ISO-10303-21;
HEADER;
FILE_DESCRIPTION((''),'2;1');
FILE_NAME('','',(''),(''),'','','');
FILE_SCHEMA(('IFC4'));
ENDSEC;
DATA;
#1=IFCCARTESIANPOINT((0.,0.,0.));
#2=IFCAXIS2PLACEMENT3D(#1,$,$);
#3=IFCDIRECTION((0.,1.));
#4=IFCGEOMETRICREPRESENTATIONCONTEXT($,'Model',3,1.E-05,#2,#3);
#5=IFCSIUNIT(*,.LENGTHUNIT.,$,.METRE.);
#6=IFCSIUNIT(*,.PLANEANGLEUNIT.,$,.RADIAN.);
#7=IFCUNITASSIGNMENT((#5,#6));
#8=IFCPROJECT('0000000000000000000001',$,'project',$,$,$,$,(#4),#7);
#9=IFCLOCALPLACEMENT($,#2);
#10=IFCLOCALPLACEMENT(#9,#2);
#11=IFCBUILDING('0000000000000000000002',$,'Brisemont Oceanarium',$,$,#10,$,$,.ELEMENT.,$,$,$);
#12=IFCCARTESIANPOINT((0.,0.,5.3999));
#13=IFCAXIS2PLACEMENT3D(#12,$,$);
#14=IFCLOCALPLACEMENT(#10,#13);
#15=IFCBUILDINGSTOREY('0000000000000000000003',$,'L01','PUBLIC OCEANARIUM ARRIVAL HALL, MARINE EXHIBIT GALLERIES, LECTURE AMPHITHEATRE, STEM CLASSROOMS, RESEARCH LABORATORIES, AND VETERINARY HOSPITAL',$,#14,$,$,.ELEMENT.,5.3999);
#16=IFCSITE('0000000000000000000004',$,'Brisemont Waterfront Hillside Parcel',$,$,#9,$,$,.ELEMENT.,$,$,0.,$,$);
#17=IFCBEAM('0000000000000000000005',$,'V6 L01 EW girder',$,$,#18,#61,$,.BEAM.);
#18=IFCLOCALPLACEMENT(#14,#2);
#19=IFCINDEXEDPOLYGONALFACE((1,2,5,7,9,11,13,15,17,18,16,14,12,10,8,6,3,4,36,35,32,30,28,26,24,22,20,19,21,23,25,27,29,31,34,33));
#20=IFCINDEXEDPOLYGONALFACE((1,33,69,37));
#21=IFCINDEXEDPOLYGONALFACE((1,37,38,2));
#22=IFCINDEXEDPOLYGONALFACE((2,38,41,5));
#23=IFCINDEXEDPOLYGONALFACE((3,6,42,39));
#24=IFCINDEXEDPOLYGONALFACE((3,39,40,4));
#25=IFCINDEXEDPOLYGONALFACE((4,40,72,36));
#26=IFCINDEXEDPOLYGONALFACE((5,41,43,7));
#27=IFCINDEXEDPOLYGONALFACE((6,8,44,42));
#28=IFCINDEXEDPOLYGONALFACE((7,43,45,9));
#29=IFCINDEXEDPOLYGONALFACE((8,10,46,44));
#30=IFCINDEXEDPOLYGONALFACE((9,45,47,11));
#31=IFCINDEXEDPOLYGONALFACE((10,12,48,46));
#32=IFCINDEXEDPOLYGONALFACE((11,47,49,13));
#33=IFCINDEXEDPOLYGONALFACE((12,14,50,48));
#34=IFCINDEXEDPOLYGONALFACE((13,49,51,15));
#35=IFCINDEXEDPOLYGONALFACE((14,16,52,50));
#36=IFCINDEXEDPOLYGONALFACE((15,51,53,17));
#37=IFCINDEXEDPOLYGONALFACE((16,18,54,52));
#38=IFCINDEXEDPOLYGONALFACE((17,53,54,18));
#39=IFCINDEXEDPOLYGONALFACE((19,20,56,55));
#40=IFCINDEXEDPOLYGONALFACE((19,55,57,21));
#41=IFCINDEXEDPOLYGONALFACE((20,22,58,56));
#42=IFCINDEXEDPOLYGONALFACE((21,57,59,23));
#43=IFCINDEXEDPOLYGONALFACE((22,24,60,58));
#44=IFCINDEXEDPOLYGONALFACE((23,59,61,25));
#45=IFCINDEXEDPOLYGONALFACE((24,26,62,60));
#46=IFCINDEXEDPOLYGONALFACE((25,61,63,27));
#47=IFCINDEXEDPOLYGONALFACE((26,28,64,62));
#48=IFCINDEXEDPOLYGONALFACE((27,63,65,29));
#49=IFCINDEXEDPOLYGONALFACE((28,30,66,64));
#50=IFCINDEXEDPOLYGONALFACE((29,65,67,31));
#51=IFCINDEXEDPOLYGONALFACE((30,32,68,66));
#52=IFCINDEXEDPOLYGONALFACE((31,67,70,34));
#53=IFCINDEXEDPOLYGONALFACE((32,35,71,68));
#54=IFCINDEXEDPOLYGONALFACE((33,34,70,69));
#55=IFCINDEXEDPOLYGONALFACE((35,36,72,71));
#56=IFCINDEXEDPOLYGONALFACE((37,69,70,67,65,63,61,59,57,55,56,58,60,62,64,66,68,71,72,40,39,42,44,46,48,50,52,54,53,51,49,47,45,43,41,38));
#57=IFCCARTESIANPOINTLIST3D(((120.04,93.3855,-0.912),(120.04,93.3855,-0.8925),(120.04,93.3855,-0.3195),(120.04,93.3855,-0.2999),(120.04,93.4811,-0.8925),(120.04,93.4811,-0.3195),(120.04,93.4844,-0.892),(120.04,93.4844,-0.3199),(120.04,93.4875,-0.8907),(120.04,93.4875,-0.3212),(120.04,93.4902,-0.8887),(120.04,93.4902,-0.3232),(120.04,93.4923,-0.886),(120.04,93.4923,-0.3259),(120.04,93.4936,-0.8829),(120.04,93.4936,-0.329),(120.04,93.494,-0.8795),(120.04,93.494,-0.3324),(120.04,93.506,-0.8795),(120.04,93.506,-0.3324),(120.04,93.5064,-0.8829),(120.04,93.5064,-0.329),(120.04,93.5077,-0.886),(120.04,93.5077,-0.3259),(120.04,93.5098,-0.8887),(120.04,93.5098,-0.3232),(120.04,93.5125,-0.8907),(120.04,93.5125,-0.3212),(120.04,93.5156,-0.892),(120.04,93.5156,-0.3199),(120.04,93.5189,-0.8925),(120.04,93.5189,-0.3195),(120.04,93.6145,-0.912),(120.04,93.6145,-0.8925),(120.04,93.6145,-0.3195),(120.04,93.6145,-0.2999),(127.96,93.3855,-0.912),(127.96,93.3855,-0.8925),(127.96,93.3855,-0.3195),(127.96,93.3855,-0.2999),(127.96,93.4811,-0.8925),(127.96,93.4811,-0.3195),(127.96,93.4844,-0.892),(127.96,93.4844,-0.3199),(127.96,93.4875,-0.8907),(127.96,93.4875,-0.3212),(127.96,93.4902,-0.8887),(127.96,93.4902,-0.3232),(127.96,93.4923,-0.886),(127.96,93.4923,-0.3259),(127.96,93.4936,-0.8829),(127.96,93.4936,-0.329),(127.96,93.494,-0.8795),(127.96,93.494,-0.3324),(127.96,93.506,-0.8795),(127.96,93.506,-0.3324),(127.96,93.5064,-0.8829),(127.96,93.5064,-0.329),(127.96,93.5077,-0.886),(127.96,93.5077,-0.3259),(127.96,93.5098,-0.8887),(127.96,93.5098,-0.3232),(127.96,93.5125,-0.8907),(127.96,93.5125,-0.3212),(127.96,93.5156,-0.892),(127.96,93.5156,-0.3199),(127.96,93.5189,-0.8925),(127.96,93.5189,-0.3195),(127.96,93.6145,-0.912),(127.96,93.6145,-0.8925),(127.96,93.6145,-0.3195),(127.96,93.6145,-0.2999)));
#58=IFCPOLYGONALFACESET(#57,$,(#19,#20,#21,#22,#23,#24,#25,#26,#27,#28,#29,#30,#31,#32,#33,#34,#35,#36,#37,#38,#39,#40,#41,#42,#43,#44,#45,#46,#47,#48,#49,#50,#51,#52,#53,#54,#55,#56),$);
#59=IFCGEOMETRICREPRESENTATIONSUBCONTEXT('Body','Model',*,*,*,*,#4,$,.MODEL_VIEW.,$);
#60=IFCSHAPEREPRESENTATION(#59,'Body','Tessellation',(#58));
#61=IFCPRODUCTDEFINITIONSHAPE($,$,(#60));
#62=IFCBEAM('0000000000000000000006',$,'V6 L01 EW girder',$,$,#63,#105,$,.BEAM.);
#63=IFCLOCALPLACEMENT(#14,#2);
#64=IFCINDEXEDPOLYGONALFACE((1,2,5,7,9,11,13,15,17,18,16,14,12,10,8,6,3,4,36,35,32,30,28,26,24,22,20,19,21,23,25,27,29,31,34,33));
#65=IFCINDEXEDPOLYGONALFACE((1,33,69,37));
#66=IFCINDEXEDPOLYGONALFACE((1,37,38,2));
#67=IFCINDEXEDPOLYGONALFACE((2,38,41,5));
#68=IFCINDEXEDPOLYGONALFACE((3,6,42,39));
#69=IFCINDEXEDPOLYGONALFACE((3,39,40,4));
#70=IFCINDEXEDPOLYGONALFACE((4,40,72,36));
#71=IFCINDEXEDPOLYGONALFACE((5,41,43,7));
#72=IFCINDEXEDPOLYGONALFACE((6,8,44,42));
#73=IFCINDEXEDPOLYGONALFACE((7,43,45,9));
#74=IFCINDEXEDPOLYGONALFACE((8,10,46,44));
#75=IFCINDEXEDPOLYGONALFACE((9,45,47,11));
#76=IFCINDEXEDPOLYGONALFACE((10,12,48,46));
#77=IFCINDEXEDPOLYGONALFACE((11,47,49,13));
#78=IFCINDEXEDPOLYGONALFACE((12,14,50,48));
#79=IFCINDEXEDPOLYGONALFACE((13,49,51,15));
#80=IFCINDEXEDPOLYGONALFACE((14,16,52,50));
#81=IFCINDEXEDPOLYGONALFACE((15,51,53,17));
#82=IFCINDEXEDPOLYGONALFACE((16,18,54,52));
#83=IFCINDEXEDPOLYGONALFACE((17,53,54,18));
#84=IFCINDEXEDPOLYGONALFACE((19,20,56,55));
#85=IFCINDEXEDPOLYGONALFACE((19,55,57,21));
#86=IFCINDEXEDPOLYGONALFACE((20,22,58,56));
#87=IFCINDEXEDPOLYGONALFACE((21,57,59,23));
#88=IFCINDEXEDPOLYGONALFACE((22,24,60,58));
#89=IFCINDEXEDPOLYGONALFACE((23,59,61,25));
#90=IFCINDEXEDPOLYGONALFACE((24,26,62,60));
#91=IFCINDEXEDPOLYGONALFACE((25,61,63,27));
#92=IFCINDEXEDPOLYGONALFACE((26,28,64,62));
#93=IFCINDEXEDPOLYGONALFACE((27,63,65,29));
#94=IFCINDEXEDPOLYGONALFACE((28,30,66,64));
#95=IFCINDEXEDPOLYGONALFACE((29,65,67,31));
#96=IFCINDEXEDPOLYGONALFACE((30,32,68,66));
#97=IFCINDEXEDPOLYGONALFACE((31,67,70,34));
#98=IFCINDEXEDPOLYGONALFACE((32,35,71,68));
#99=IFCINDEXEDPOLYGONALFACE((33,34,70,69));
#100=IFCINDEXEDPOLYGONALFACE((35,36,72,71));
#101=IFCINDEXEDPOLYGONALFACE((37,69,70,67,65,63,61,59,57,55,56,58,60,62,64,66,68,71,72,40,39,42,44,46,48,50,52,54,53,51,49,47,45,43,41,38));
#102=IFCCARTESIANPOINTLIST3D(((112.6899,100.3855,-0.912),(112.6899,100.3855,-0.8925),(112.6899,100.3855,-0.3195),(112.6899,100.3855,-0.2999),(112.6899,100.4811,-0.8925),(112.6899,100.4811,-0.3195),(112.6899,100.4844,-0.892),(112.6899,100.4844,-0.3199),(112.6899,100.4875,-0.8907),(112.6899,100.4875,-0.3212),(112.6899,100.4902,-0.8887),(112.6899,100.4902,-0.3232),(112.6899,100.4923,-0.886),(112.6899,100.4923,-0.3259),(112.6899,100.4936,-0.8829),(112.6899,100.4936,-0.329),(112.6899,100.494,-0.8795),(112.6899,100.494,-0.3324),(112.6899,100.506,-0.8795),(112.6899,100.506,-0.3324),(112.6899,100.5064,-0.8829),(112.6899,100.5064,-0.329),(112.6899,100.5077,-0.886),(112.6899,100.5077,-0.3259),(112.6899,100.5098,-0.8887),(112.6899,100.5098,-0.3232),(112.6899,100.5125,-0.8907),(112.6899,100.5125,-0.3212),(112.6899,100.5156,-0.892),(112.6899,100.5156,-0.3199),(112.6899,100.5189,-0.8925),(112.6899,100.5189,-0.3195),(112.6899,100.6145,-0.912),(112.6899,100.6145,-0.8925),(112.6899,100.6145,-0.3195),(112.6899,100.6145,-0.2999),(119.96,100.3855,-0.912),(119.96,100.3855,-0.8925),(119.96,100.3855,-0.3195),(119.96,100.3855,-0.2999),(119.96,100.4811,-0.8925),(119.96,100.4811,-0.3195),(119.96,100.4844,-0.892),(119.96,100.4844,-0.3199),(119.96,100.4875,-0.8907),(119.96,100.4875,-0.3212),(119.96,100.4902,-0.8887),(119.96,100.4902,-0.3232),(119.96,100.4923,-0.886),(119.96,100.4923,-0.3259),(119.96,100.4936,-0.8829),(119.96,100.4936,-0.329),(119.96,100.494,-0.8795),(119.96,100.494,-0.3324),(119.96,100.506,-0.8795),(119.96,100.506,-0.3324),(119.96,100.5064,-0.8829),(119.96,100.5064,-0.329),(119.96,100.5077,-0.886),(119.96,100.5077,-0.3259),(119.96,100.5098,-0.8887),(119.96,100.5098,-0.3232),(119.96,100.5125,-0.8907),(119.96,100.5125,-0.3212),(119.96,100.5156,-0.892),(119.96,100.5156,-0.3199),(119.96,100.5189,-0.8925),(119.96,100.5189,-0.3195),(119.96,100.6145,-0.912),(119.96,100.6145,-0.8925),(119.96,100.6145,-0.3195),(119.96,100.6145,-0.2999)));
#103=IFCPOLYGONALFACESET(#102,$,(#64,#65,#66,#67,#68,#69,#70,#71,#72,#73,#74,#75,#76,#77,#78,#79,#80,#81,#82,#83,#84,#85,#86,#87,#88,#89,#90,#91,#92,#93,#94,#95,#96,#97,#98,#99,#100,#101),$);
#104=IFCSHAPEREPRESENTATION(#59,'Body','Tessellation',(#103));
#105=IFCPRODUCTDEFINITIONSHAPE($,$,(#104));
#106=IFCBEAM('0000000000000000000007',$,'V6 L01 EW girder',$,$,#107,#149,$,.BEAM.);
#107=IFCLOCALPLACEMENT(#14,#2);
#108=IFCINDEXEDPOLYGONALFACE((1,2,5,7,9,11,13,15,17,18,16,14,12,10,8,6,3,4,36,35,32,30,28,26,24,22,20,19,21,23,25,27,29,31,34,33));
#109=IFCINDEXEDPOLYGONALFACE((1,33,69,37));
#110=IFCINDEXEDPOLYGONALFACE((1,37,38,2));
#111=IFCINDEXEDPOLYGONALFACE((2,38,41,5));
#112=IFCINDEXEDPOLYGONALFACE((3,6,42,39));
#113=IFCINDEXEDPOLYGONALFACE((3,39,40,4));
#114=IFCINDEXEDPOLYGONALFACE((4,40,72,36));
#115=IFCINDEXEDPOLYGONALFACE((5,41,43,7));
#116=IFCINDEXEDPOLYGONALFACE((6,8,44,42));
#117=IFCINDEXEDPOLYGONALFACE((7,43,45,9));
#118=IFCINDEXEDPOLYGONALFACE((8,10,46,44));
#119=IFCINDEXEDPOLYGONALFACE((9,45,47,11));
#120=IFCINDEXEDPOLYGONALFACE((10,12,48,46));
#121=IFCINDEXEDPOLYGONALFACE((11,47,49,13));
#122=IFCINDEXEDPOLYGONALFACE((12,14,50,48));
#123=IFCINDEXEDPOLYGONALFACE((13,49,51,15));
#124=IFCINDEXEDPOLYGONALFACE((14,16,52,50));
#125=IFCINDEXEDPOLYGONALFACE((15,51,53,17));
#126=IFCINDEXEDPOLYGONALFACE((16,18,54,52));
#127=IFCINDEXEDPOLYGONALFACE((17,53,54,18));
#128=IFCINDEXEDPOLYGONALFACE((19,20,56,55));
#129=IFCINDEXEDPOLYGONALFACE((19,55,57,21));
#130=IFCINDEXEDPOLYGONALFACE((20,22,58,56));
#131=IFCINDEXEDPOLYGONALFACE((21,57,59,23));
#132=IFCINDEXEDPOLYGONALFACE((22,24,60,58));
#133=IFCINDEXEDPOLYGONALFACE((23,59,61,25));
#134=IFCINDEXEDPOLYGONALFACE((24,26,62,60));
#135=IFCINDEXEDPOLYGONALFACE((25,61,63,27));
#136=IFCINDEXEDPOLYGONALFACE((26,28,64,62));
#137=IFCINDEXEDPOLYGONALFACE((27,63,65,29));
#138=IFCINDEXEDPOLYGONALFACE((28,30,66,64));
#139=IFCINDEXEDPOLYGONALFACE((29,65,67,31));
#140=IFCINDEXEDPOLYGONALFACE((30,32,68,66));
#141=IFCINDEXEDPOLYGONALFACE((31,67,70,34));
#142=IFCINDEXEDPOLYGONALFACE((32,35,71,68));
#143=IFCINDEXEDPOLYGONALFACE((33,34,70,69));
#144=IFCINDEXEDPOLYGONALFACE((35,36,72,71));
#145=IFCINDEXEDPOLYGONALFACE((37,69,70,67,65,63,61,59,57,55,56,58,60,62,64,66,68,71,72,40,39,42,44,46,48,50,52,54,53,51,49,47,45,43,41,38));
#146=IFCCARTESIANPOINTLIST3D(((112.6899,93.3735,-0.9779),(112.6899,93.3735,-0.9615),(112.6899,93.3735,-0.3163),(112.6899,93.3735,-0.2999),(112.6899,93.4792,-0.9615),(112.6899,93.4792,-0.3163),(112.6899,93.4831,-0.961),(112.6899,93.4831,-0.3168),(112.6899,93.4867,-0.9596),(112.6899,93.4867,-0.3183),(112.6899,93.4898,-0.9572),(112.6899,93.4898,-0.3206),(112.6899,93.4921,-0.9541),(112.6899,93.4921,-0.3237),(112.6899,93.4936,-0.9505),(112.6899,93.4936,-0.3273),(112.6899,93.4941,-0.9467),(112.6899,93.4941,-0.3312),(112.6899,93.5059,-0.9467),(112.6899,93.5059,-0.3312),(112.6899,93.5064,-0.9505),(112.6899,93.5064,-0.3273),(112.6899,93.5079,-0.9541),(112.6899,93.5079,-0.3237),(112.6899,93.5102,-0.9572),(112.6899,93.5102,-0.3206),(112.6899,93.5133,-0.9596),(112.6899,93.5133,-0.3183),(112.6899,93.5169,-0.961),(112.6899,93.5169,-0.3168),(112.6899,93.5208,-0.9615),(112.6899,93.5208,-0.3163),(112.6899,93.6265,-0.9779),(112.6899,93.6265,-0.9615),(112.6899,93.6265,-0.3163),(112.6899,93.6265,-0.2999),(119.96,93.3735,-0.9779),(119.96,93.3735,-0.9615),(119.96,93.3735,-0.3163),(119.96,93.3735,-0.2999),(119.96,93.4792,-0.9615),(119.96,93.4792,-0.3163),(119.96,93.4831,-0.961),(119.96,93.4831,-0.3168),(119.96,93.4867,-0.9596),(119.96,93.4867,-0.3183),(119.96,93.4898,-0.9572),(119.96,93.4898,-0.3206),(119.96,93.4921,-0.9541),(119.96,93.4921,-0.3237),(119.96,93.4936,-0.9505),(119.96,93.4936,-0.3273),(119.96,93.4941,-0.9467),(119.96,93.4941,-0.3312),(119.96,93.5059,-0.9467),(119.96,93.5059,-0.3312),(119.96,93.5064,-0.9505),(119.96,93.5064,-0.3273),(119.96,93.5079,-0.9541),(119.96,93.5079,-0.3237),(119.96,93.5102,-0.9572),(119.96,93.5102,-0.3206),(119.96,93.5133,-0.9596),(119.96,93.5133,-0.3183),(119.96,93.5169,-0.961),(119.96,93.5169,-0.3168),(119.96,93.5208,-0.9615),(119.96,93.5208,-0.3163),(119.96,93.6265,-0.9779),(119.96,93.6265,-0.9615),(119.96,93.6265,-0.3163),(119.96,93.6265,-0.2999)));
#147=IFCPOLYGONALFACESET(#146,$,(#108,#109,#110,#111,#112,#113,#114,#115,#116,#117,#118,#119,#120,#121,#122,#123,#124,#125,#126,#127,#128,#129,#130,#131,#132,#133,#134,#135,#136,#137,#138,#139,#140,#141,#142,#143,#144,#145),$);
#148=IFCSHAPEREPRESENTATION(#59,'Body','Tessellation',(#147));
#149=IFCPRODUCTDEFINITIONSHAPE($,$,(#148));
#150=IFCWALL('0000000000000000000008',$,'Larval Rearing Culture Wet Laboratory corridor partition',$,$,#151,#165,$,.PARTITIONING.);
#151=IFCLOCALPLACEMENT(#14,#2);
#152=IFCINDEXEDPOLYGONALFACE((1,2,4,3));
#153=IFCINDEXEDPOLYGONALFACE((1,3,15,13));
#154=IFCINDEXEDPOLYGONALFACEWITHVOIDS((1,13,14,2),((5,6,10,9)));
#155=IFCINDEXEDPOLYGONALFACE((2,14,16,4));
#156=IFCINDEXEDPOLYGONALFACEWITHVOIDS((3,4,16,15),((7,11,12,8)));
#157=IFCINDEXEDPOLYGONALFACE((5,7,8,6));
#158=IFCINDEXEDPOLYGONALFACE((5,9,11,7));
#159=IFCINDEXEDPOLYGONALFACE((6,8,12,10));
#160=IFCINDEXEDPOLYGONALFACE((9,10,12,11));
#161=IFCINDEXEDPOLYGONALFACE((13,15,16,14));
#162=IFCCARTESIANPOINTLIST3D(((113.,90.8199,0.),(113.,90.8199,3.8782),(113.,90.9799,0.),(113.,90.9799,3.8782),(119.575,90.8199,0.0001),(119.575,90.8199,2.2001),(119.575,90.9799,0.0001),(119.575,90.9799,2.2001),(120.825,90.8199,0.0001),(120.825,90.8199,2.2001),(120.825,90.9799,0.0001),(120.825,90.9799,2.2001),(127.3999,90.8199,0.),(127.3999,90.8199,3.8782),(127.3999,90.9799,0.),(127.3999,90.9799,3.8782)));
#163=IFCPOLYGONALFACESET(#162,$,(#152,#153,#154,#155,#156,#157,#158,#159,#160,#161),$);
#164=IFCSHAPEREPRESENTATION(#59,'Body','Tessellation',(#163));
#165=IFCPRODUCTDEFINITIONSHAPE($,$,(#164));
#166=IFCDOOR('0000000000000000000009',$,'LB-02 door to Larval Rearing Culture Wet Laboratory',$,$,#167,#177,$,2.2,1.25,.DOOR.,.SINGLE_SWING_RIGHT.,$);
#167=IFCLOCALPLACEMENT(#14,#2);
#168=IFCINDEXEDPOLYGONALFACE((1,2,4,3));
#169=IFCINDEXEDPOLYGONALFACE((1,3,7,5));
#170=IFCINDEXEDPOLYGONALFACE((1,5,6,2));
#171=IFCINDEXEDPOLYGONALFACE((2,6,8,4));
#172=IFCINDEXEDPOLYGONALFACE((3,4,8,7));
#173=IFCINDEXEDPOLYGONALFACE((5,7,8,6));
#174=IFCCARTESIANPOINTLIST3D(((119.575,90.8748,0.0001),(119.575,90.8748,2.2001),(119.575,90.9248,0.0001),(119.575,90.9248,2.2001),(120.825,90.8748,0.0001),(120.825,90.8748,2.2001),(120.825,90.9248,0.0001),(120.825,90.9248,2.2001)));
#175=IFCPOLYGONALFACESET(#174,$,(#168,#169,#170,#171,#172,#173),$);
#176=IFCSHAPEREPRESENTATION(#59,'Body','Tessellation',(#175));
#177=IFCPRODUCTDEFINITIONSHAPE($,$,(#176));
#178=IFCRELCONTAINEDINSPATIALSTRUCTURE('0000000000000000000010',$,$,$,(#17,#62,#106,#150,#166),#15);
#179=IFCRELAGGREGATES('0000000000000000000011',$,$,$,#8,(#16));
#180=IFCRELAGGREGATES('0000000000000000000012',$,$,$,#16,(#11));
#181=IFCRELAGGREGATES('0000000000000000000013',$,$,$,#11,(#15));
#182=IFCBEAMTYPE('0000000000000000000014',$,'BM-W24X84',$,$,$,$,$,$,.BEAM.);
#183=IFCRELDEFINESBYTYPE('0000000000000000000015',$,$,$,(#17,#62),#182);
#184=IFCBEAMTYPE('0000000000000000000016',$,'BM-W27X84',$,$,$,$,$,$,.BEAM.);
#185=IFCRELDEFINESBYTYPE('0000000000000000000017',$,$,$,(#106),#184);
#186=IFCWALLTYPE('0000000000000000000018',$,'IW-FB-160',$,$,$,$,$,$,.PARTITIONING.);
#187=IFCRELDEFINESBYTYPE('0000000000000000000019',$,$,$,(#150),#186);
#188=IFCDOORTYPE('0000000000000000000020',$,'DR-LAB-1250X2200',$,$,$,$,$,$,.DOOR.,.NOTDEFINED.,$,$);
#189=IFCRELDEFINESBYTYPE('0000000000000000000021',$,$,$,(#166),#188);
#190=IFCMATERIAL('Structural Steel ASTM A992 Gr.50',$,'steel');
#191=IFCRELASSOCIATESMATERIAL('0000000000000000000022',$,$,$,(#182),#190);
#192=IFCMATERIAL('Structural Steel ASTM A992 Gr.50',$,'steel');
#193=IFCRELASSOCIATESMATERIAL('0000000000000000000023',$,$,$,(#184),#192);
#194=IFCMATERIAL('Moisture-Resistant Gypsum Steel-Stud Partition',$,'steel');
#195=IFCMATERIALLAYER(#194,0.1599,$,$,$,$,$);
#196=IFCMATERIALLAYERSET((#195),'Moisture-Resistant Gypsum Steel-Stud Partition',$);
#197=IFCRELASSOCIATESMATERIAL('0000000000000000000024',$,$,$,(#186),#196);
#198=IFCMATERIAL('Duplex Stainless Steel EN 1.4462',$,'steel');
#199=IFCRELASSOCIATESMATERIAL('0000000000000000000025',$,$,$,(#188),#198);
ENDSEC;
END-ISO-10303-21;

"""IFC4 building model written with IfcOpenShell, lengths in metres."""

from ifc_helpers import new_model, si_unit, direction, frame, frame_2d, origin, origin_2d, place, context, subcontext, project, spatial, rectangle, i_section, extrude, material, layer, layer_set, material_profile, profile_set, type_object, element, fill, save


model = new_model("IFC4")

# Units and contexts
model_context = context("Model", 3, precision=1e-05, world=origin(), true_north=direction((0.0, 1.0)))
body_context = subcontext(model_context, "Body", "Model", "MODEL_VIEW")
ifc_project = project(units=[si_unit("LENGTHUNIT", "METRE"), si_unit("PLANEANGLEUNIT", "RADIAN")], contexts=[model_context])

# Site, building, storey
site_placement = place(None, origin())
site = spatial("IfcSite", under=ifc_project, at=site_placement, Name="Brisemont Waterfront Hillside Parcel", CompositionType="ELEMENT", RefElevation=0.0)
building_placement = place(site_placement, origin())
building = spatial("IfcBuilding", under=site, at=building_placement, Name="Brisemont Oceanarium", CompositionType="ELEMENT")
storey_placement = place(building_placement, frame((0.0, 0.0, 5.3999)))
storey = spatial("IfcBuildingStorey", under=building, at=storey_placement, Name="L01", Description="PUBLIC OCEANARIUM ARRIVAL HALL, MARINE EXHIBIT GALLERIES, LECTURE AMPHITHEATRE, STEM CLASSROOMS, RESEARCH LABORATORIES, AND VETERINARY HOSPITAL", CompositionType="ELEMENT", Elevation=5.3999)

# Beams
ifc_material_1 = material(Name="Structural Steel ASTM A992 Gr.50", Category="steel")
ifc_material_profile_1 = material_profile(ifc_material_1, i_section(OverallWidth=0.229, OverallDepth=0.6121, WebThickness=0.012, FlangeThickness=0.0195, FilletRadius=0.0129, at=origin_2d()), Name="W24X84")
ifc_profile_set_1 = profile_set([ifc_material_profile_1], Name="Structural Steel ASTM A992 Gr.50")
beam_type_1 = type_object("IfcBeamType", Name="BM-W24X84", PredefinedType="BEAM", material=ifc_profile_set_1)
beam_1_placement = place(storey_placement, frame((120.04, 93.5, -0.606), z_axis=(1.0, 0.0, 0.0), x_axis=(0.0, 1.0, 0.0)))
element("IfcBeam", 1, at=beam_1_placement, inside=storey, type_object=beam_type_1, Name="V6 L01 EW girder", PredefinedType="BEAM", context=body_context, shape_type="SweptSolid", body=[
    extrude(i_section(OverallWidth=0.229, OverallDepth=0.6121, WebThickness=0.012, FlangeThickness=0.0195, FilletRadius=0.0129, at=origin_2d()), origin(), (0.0, 0.0, 1.0), 7.9199),
])
beam_2_placement = place(storey_placement, frame((112.6899, 100.5, -0.606), z_axis=(1.0, 0.0, 0.0), x_axis=(0.0, 1.0, 0.0)))
element("IfcBeam", 2, at=beam_2_placement, inside=storey, type_object=beam_type_1, Name="V6 L01 EW girder", PredefinedType="BEAM", context=body_context, shape_type="SweptSolid", body=[
    extrude(i_section(OverallWidth=0.229, OverallDepth=0.6121, WebThickness=0.012, FlangeThickness=0.0195, FilletRadius=0.0129, at=origin_2d()), origin(), (0.0, 0.0, 1.0), 7.27),
])
ifc_material_2 = material(Name="Structural Steel ASTM A992 Gr.50", Category="steel")
ifc_material_profile_2 = material_profile(ifc_material_2, i_section(OverallWidth=0.2529, OverallDepth=0.678, WebThickness=0.0117, FlangeThickness=0.0164, FilletRadius=0.0149, at=origin_2d()), Name="W27X84")
ifc_profile_set_2 = profile_set([ifc_material_profile_2], Name="Structural Steel ASTM A992 Gr.50")
beam_type_2 = type_object("IfcBeamType", Name="BM-W27X84", PredefinedType="BEAM", material=ifc_profile_set_2)
beam_3_placement = place(storey_placement, frame((112.6899, 93.5, -0.6389), z_axis=(1.0, 0.0, 0.0), x_axis=(0.0, 1.0, 0.0)))
element("IfcBeam", 3, at=beam_3_placement, inside=storey, type_object=beam_type_2, Name="V6 L01 EW girder", PredefinedType="BEAM", context=body_context, shape_type="SweptSolid", body=[
    extrude(i_section(OverallWidth=0.2529, OverallDepth=0.678, WebThickness=0.0117, FlangeThickness=0.0164, FilletRadius=0.0149, at=origin_2d()), origin(), (0.0, 0.0, 1.0), 7.27),
])

# Wall, opening, door
ifc_material_3 = material(Name="Moisture-Resistant Gypsum Steel-Stud Partition", Category="steel")
ifc_layer = layer(ifc_material_3, 0.1599)
ifc_layer_set = layer_set([ifc_layer], Name="Moisture-Resistant Gypsum Steel-Stud Partition")
wall_type = type_object("IfcWallType", Name="IW-FB-160", PredefinedType="PARTITIONING", material=ifc_layer_set)
wall_placement = place(storey_placement, frame((113.0, 90.8999, 0.0), z_axis=(0.0, 0.0, 1.0), x_axis=(1.0, 0.0, 0.0)))
wall = element("IfcWall", 4, at=wall_placement, inside=storey, type_object=wall_type, Name="Larval Rearing Culture Wet Laboratory corridor partition", PredefinedType="PARTITIONING", context=body_context, shape_type="SweptSolid", body=[
    extrude(rectangle(XDim=14.3999, YDim=0.1599, at=frame_2d((7.2, 0.0))), origin(), (0.0, 0.0, 1.0), 3.8782),
])
opening_placement = place(wall_placement, frame((6.575, 0.0, 0.0)))
opening = element("IfcOpeningElement", 5, at=opening_placement, cuts=wall, PredefinedType="OPENING", context=body_context, shape_type="SweptSolid", body=[
    extrude(rectangle(XDim=1.25, YDim=2.2, at=frame_2d((0.625, 1.1001))), frame((0.0, 0.0898, 0.0), z_axis=(0.0, -1.0, 0.0), x_axis=(1.0, 0.0, 0.0)), (0.0, 0.0, 1.0), 0.1799),
])
ifc_material_4 = material(Name="Duplex Stainless Steel EN 1.4462", Category="steel")
door_type = type_object("IfcDoorType", Name="DR-LAB-1250X2200", OperationType="NOTDEFINED", PredefinedType="DOOR", material=ifc_material_4)
door_placement = place(opening_placement, origin())
door = element("IfcDoor", 6, at=door_placement, inside=storey, type_object=door_type, Name="LB-02 door to Larval Rearing Culture Wet Laboratory", OperationType="SINGLE_SWING_RIGHT", OverallHeight=2.2, OverallWidth=1.25, PredefinedType="DOOR", context=body_context, shape_type="SweptSolid", body=[
    extrude(rectangle(XDim=1.25, YDim=2.2, at=frame_2d((0.625, 1.1001))), frame((0.0, 0.0249, 0.0), z_axis=(0.0, -1.0, 0.0), x_axis=(1.0, 0.0, 0.0)), (0.0, 0.0, 1.0), 0.05),
])
fill(opening, door)

save(model, "model.ifc")
